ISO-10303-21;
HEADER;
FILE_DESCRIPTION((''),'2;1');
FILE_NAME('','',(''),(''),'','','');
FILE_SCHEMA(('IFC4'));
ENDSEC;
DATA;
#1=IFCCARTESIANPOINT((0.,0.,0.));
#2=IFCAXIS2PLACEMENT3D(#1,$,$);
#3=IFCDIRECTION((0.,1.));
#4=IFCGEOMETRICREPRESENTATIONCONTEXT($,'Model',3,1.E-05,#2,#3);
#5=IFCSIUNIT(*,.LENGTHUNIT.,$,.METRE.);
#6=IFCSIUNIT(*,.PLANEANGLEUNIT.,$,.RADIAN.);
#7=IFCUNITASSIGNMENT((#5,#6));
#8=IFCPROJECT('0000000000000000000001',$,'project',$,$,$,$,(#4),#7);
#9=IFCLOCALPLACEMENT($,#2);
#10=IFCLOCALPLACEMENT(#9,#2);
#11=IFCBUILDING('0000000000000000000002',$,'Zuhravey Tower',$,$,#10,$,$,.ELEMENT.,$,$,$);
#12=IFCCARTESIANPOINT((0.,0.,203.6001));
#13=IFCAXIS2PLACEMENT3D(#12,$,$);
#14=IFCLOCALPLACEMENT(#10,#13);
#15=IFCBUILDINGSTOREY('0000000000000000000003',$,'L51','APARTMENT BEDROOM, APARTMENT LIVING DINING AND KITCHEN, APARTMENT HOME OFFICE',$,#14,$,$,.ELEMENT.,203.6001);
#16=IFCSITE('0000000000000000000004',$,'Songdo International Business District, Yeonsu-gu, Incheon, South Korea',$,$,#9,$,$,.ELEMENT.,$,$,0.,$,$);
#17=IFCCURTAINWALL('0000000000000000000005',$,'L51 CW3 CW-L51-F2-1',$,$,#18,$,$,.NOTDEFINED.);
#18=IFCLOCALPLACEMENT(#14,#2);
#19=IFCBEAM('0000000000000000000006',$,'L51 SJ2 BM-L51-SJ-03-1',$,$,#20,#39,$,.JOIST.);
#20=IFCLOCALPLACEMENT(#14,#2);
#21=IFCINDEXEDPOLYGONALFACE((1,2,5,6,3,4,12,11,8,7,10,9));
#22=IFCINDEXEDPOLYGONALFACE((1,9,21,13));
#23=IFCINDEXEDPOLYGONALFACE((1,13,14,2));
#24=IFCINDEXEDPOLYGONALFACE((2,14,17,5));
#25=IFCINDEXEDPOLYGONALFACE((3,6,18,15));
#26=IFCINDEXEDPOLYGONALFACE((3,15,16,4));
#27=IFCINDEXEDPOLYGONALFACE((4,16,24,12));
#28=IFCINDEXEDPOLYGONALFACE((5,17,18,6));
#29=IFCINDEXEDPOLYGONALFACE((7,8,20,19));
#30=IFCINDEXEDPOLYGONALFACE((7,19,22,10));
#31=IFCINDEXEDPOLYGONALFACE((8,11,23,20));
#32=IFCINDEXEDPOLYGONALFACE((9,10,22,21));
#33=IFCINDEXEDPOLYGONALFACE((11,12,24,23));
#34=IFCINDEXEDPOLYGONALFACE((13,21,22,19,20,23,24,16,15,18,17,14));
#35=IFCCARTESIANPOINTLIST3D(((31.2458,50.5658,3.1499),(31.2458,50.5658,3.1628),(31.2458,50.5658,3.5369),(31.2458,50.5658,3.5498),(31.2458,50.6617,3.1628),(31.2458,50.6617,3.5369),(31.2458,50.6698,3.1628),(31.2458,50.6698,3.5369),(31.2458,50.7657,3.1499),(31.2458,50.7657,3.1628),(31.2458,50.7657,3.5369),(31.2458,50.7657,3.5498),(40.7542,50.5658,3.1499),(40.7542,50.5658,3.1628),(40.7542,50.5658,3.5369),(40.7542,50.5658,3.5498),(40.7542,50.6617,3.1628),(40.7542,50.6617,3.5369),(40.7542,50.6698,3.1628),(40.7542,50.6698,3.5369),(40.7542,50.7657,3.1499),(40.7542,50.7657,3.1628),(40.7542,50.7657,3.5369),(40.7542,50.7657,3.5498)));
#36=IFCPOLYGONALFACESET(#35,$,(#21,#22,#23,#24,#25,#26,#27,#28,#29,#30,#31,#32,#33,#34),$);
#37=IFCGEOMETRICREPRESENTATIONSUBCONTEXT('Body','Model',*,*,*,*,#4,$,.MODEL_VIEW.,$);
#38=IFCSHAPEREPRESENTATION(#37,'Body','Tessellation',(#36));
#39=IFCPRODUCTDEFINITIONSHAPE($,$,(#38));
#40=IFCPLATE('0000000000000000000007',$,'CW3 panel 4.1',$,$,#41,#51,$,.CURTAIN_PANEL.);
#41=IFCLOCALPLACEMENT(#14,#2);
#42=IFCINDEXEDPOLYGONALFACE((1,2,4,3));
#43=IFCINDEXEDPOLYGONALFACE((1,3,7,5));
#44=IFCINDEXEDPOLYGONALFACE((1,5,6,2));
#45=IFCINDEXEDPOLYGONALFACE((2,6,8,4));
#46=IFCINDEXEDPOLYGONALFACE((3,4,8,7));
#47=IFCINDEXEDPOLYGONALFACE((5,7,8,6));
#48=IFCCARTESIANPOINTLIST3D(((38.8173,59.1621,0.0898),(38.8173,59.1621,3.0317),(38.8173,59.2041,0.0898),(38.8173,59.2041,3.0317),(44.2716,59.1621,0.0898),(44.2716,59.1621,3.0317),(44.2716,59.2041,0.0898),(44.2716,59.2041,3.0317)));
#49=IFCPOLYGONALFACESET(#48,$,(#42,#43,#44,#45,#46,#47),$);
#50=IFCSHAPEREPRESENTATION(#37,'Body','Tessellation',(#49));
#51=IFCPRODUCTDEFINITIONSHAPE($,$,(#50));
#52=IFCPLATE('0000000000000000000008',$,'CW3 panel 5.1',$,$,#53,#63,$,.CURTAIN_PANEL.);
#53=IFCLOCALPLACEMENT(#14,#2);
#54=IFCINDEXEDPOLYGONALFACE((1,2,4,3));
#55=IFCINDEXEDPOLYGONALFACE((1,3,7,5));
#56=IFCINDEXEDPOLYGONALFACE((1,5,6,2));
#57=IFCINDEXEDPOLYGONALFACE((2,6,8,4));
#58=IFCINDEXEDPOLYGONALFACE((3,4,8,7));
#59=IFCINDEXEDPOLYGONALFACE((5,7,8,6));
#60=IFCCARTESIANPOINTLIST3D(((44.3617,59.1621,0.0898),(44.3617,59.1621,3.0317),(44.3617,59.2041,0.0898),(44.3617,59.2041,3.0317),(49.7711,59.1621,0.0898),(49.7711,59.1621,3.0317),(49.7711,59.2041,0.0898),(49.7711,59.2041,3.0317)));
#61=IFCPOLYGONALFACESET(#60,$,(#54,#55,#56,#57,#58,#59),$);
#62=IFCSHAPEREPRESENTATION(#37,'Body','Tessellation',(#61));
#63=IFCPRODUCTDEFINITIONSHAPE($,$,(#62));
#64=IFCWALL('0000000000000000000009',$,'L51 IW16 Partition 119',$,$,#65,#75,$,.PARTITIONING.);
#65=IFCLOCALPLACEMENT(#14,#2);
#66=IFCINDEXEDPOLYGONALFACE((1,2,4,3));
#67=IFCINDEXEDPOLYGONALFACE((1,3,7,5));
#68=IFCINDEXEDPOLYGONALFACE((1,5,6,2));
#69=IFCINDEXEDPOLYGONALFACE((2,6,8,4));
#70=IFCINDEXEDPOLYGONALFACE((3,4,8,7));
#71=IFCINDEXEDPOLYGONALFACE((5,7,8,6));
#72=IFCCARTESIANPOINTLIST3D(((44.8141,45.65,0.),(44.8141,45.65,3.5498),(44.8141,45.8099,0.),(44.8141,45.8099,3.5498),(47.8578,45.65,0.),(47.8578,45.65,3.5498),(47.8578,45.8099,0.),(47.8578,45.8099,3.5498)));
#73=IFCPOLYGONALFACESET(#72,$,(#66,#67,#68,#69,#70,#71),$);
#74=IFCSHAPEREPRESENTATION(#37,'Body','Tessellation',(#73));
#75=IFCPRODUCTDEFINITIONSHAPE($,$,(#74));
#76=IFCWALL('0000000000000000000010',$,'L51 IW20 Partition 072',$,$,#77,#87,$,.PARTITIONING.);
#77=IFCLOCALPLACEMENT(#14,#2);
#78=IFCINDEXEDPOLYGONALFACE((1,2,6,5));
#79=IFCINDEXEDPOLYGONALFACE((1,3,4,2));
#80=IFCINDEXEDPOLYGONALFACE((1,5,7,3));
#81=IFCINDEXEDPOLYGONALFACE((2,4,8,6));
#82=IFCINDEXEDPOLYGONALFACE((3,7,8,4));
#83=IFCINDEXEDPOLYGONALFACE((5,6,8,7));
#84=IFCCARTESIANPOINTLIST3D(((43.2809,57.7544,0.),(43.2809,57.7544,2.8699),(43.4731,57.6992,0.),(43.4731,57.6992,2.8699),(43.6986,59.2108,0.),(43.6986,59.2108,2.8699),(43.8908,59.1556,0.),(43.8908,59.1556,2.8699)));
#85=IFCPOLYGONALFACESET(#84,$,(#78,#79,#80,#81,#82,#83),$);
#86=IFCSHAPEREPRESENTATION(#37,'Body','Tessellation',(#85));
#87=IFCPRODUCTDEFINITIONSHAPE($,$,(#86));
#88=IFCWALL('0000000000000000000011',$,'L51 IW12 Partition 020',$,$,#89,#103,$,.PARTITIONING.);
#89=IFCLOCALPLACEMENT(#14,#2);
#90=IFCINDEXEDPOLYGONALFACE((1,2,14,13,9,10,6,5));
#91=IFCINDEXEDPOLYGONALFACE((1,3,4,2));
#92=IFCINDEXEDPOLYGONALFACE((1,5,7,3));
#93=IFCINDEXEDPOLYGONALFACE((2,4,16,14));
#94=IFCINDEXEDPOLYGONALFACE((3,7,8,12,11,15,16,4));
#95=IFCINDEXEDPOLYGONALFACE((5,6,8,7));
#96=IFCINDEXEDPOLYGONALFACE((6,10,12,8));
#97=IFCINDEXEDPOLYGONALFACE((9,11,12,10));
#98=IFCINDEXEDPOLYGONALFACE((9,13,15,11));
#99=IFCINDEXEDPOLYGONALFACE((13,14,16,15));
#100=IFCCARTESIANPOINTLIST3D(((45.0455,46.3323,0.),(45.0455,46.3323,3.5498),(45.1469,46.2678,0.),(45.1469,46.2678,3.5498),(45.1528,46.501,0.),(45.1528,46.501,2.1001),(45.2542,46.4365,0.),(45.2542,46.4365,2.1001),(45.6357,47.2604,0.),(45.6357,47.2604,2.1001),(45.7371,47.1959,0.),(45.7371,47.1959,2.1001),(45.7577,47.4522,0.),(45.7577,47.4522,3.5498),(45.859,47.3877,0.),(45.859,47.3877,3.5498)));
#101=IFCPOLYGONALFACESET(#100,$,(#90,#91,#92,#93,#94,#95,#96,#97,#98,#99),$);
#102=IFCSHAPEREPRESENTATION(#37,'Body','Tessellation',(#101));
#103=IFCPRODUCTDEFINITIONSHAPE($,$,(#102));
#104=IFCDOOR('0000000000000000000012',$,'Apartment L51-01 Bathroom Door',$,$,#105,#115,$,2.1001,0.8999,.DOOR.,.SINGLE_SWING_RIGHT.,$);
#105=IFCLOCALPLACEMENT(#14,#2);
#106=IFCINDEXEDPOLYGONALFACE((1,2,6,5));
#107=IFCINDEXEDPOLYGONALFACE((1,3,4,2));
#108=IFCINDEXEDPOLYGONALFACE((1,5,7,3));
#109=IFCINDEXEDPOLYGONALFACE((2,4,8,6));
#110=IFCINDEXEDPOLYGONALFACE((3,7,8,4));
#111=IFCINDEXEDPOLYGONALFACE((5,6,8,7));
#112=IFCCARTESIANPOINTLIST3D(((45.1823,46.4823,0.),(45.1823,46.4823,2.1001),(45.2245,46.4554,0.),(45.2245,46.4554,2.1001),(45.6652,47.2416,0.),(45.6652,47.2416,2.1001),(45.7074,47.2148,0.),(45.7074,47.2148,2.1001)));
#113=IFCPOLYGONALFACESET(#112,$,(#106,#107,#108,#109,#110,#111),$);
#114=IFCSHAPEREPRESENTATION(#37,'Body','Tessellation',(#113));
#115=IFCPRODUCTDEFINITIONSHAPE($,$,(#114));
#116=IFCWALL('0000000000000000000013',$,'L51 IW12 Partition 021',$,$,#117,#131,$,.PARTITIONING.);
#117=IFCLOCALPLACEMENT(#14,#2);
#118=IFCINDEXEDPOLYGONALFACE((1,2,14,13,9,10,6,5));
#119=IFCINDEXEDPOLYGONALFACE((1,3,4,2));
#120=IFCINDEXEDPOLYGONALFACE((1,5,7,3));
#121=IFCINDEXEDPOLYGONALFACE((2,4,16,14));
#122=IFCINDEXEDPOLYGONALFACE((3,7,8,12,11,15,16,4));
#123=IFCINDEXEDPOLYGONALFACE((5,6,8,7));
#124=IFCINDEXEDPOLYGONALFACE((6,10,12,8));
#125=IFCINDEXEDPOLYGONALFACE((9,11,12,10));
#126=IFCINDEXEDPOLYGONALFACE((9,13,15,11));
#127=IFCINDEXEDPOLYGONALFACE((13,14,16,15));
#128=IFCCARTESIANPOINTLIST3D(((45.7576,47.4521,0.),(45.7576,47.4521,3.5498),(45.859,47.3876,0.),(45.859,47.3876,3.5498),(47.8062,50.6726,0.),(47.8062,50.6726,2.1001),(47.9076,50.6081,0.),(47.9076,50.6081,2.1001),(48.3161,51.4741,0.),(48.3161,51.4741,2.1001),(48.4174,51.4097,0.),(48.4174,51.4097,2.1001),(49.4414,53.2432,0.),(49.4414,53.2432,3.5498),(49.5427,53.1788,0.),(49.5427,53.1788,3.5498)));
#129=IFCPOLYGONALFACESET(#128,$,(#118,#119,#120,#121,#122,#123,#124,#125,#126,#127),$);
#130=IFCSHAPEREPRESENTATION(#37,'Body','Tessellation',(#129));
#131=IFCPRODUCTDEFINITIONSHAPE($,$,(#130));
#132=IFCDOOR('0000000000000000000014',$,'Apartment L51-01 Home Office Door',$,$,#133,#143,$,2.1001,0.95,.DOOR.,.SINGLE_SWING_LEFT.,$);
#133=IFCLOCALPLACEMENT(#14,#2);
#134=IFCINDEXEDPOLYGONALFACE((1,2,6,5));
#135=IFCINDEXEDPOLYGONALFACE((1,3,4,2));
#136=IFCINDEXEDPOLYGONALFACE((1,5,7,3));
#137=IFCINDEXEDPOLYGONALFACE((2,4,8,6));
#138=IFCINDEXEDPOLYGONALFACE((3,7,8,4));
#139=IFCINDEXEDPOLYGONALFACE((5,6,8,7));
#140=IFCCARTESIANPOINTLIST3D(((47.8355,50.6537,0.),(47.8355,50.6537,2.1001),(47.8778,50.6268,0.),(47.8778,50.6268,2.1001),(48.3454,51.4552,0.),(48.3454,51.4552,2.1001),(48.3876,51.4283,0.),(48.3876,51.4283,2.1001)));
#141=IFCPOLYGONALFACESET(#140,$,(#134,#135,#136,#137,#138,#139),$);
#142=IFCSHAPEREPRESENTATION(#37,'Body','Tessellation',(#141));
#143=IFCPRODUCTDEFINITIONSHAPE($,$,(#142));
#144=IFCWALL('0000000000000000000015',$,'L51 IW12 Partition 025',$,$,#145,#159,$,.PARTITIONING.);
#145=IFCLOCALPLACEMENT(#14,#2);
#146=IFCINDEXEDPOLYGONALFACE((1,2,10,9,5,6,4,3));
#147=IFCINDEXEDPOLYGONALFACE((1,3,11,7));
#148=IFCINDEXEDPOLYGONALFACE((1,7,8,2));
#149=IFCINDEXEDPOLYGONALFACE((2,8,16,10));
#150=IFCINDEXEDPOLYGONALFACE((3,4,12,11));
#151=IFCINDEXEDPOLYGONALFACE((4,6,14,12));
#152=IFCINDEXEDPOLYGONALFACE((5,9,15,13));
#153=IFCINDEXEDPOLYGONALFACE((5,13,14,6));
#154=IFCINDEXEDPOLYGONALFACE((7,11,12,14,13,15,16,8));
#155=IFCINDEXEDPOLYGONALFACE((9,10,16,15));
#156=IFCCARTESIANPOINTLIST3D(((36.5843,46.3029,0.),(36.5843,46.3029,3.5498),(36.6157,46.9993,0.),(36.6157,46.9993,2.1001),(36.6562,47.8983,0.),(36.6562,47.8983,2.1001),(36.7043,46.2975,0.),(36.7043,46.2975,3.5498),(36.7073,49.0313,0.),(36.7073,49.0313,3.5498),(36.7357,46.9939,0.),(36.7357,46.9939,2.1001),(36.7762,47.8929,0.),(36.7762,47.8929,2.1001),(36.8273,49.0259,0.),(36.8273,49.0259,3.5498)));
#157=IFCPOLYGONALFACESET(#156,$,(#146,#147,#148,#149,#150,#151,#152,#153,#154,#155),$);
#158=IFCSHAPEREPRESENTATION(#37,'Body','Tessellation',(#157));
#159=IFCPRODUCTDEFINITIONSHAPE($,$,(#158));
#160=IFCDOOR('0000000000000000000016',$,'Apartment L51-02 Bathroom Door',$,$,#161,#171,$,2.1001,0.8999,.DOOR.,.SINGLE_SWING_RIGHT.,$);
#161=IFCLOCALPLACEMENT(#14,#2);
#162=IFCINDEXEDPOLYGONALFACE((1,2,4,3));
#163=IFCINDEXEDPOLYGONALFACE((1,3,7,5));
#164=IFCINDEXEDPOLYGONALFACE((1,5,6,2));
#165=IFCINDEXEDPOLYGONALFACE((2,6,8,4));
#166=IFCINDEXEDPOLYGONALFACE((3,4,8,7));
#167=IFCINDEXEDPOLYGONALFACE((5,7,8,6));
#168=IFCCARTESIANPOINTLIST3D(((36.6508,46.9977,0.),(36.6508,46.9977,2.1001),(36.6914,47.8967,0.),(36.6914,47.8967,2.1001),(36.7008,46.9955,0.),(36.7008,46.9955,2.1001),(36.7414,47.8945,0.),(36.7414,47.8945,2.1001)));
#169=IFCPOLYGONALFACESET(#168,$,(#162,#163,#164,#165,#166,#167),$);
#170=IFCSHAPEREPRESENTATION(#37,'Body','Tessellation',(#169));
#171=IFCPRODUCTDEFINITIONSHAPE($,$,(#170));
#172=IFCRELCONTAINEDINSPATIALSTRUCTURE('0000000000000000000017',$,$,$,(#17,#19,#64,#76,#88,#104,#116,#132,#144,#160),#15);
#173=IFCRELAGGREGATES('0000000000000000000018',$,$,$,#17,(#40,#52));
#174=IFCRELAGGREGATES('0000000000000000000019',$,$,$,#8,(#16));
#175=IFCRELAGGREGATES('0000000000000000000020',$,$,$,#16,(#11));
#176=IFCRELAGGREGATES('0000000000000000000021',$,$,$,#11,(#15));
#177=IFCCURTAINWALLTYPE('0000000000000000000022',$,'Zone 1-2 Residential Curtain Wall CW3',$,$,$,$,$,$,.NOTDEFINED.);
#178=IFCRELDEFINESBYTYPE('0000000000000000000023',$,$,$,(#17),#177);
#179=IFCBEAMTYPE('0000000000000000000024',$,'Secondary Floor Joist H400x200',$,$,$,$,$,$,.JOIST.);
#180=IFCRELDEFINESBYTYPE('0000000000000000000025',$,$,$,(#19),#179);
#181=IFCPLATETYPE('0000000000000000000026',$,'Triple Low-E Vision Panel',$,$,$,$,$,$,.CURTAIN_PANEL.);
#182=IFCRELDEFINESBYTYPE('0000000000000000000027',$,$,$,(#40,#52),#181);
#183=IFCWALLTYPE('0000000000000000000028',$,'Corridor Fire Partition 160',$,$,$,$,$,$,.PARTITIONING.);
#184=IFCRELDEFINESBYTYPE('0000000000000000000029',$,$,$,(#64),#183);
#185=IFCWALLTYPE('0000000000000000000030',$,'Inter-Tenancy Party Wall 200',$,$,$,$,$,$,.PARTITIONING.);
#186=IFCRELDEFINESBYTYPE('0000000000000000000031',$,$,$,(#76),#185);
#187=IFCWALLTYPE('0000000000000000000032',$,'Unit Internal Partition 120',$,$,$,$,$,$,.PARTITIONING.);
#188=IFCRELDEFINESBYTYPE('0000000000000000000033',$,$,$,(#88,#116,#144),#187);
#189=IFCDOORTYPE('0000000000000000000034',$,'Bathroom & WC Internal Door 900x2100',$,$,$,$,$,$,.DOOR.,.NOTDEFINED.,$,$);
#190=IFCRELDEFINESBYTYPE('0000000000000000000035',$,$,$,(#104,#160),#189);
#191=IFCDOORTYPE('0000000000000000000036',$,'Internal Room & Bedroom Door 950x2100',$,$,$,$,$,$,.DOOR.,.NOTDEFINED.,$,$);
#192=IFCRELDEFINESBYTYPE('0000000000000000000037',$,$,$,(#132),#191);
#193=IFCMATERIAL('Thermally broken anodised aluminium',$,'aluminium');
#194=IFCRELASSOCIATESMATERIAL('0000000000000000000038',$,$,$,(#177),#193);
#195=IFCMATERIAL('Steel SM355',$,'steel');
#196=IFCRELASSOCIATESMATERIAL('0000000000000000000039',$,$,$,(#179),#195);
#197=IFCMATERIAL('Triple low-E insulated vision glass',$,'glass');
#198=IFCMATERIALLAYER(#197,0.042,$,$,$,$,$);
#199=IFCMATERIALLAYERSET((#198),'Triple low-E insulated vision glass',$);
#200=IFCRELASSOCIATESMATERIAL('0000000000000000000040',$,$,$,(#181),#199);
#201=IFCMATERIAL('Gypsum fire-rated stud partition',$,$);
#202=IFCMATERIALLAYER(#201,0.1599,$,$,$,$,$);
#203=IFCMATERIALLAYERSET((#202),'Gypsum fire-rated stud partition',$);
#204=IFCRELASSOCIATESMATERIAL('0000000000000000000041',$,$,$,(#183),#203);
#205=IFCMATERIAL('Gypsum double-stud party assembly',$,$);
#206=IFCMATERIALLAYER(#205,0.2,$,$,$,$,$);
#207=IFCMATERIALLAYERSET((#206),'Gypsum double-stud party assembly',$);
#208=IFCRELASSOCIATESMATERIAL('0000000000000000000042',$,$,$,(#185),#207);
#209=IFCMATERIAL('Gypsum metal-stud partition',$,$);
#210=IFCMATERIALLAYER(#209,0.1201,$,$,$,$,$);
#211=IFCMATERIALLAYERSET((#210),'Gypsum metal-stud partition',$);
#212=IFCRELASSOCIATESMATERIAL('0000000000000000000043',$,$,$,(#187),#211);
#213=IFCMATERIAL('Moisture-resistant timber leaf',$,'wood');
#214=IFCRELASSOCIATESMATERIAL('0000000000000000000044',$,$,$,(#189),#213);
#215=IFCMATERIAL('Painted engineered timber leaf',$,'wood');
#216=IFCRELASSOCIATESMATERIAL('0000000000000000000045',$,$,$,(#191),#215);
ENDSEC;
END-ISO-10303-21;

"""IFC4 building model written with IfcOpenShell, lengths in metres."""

from ifc_helpers import new_model, si_unit, direction, frame, frame_2d, origin, origin_2d, place, context, subcontext, project, spatial, rectangle, i_section, extrude, material, layer, layer_set, material_profile, profile_set, type_object, element, fill, aggregate, save


model = new_model("IFC4")

# Units and contexts
model_context = context("Model", 3, precision=1e-05, world=origin(), true_north=direction((0.0, 1.0)))
body_context = subcontext(model_context, "Body", "Model", "MODEL_VIEW")
ifc_project = project(units=[si_unit("LENGTHUNIT", "METRE"), si_unit("PLANEANGLEUNIT", "RADIAN")], contexts=[model_context])

# Site, building, storey
site_placement = place(None, origin())
site = spatial("IfcSite", under=ifc_project, at=site_placement, Name="Songdo International Business District, Yeonsu-gu, Incheon, South Korea", CompositionType="ELEMENT", RefElevation=0.0)
building_placement = place(site_placement, origin())
building = spatial("IfcBuilding", under=site, at=building_placement, Name="Zuhravey Tower", CompositionType="ELEMENT")
storey_placement = place(building_placement, frame((0.0, 0.0, 203.6001)))
storey = spatial("IfcBuildingStorey", under=building, at=storey_placement, Name="L51", Description="APARTMENT BEDROOM, APARTMENT LIVING DINING AND KITCHEN, APARTMENT HOME OFFICE", CompositionType="ELEMENT", Elevation=203.6001)

# Curtain wall
ifc_material_1 = material(Name="Thermally broken anodised aluminium", Category="aluminium")
curtain_wall_type = type_object("IfcCurtainWallType", Name="Zone 1-2 Residential Curtain Wall CW3", PredefinedType="NOTDEFINED", material=ifc_material_1)
curtain_wall_placement = place(storey_placement, origin())
curtain_wall = element("IfcCurtainWall", 1, at=curtain_wall_placement, inside=storey, type_object=curtain_wall_type, Name="L51 CW3 CW-L51-F2-1", PredefinedType="NOTDEFINED")

# Beam
ifc_material_2 = material(Name="Steel SM355", Category="steel")
ifc_material_profile_1 = material_profile(ifc_material_2, i_section(OverallWidth=0.2, OverallDepth=0.3999, WebThickness=0.0081, FlangeThickness=0.0129, at=origin_2d()), Name="H-400x200x8x13")
ifc_profile_set_1 = profile_set([ifc_material_profile_1], Name="Steel SM355")
beam_type_1 = type_object("IfcBeamType", Name="Secondary Floor Joist H400x200", PredefinedType="JOIST", material=ifc_profile_set_1)
beam_1_placement = place(storey_placement, frame((40.7542, 50.6658, 3.3499), z_axis=(-1.0, 0.0, 0.0), x_axis=(0.0, -1.0, 0.0)))
element("IfcBeam", 2, at=beam_1_placement, inside=storey, type_object=beam_type_1, Name="L51 SJ2 BM-L51-SJ-03-1", PredefinedType="JOIST", context=body_context, shape_type="SweptSolid", body=[
    extrude(i_section(OverallWidth=0.2, OverallDepth=0.3999, WebThickness=0.0081, FlangeThickness=0.0129, at=origin_2d()), origin(), (0.0, 0.0, 1.0), 9.5083),
])

# Plates
ifc_material_3 = material(Name="Triple low-E insulated vision glass", Category="glass")
ifc_layer_1 = layer(ifc_material_3, 0.042)
ifc_layer_set_1 = layer_set([ifc_layer_1], Name="Triple low-E insulated vision glass")
plate_type = type_object("IfcPlateType", Name="Triple Low-E Vision Panel", PredefinedType="CURTAIN_PANEL", material=ifc_layer_set_1)
plate_1_placement = place(storey_placement, frame((41.5444, 59.1831, 0.0898), z_axis=(0.0, 0.0, 1.0), x_axis=(1.0, 0.0, 0.0)))
plate_1 = element("IfcPlate", 3, at=plate_1_placement, type_object=plate_type, Name="CW3 panel 4.1", PredefinedType="CURTAIN_PANEL", context=body_context, shape_type="SweptSolid", body=[
    extrude(rectangle(XDim=5.4543, YDim=0.042, at=origin_2d()), origin(), (0.0, 0.0, 1.0), 2.9419),
])
plate_2_placement = place(storey_placement, frame((47.0664, 59.1831, 0.0898), z_axis=(0.0, 0.0, 1.0), x_axis=(1.0, 0.0, 0.0)))
plate_2 = element("IfcPlate", 4, at=plate_2_placement, type_object=plate_type, Name="CW3 panel 5.1", PredefinedType="CURTAIN_PANEL", context=body_context, shape_type="SweptSolid", body=[
    extrude(rectangle(XDim=5.4094, YDim=0.042, at=origin_2d()), origin(), (0.0, 0.0, 1.0), 2.9419),
])
aggregate(curtain_wall, [plate_1, plate_2])

# Shared definitions
ifc_material_4 = material(Name="Gypsum fire-rated stud partition")
ifc_layer_2 = layer(ifc_material_4, 0.1599)
ifc_layer_set_2 = layer_set([ifc_layer_2], Name="Gypsum fire-rated stud partition")
wall_type_1 = type_object("IfcWallType", Name="Corridor Fire Partition 160", PredefinedType="PARTITIONING", material=ifc_layer_set_2)

# Walls
wall_1_placement = place(storey_placement, frame((47.8579, 45.73, 0.0), z_axis=(0.0, 0.0, 1.0), x_axis=(-1.0, 0.0, 0.0)))
element("IfcWall", 5, at=wall_1_placement, inside=storey, type_object=wall_type_1, Name="L51 IW16 Partition 119", PredefinedType="PARTITIONING", context=body_context, shape_type="SweptSolid", body=[
    extrude(rectangle(XDim=3.0437, YDim=0.1599, at=frame_2d((1.522, 0.0))), origin(), (0.0, 0.0, 1.0), 3.5498),
])
ifc_material_5 = material(Name="Gypsum double-stud party assembly")
ifc_layer_3 = layer(ifc_material_5, 0.2)
ifc_layer_set_3 = layer_set([ifc_layer_3], Name="Gypsum double-stud party assembly")
wall_type_2 = type_object("IfcWallType", Name="Inter-Tenancy Party Wall 200", PredefinedType="PARTITIONING", material=ifc_layer_set_3)
wall_2_placement = place(storey_placement, frame((43.377, 57.7268, 0.0), z_axis=(0.0, 0.0, 1.0), x_axis=(0.275721, 0.961238, 0.0)))
element("IfcWall", 6, at=wall_2_placement, inside=storey, type_object=wall_type_2, Name="L51 IW20 Partition 072", PredefinedType="PARTITIONING", context=body_context, shape_type="SweptSolid", body=[
    extrude(rectangle(XDim=1.5151, YDim=0.2, at=frame_2d((0.7576, 0.0))), origin(), (0.0, 0.0, 1.0), 2.8699),
])

# Walls, openings, doors
ifc_material_6 = material(Name="Gypsum metal-stud partition")
ifc_layer_4 = layer(ifc_material_6, 0.1201)
ifc_layer_set_4 = layer_set([ifc_layer_4], Name="Gypsum metal-stud partition")
wall_type_3 = type_object("IfcWallType", Name="Unit Internal Partition 120", PredefinedType="PARTITIONING", material=ifc_layer_set_4)
wall_3_placement = place(storey_placement, frame((45.0962, 46.3, 0.0), z_axis=(0.0, 0.0, 1.0), x_axis=(0.536614, 0.843828, 0.0)))
wall_3 = element("IfcWall", 7, at=wall_3_placement, inside=storey, type_object=wall_type_3, Name="L51 IW12 Partition 020", PredefinedType="PARTITIONING", context=body_context, shape_type="SweptSolid", body=[
    extrude(rectangle(XDim=1.3271, YDim=0.1201, at=frame_2d((0.6636, 0.0))), origin(), (0.0, 0.0, 1.0), 3.5498),
])
opening_1_placement = place(wall_3_placement, frame((0.2, 0.0, 0.0)))
opening_1 = element("IfcOpeningElement", 8, at=opening_1_placement, cuts=wall_3, PredefinedType="OPENING", context=body_context, shape_type="SweptSolid", body=[
    extrude(rectangle(XDim=0.8999, YDim=2.1001, at=frame_2d((0.45, 1.05))), frame((0.0, 0.072, 0.0), z_axis=(0.0, -1.0, 0.0), x_axis=(1.0, 0.0, 0.0)), (0.0, 0.0, 1.0), 0.144),
])
ifc_material_7 = material(Name="Moisture-resistant timber leaf", Category="wood")
door_type_1 = type_object("IfcDoorType", Name="Bathroom & WC Internal Door 900x2100", OperationType="NOTDEFINED", PredefinedType="DOOR", material=ifc_material_7)
door_1_placement = place(opening_1_placement, frame((0.8999, 0.0, 0.0), z_axis=(0.0, 0.0, 1.0), x_axis=(-1.0, 0.0, 0.0)))
door_1 = element("IfcDoor", 9, at=door_1_placement, inside=storey, type_object=door_type_1, Name="Apartment L51-01 Bathroom Door", OperationType="SINGLE_SWING_RIGHT", OverallHeight=2.1001, OverallWidth=0.8999, PredefinedType="DOOR", context=body_context, shape_type="SweptSolid", body=[
    extrude(rectangle(XDim=0.8999, YDim=2.1001, at=frame_2d((0.45, 1.05))), frame((0.0, 0.0249, 0.0), z_axis=(0.0, -1.0, 0.0), x_axis=(1.0, 0.0, 0.0)), (0.0, 0.0, 1.0), 0.05),
])
fill(opening_1, door_1)
wall_4_placement = place(storey_placement, frame((45.8083, 47.4199, 0.0), z_axis=(0.0, 0.0, 1.0), x_axis=(0.536719, 0.843761, 0.0)))
wall_4 = element("IfcWall", 10, at=wall_4_placement, inside=storey, type_object=wall_type_3, Name="L51 IW12 Partition 021", PredefinedType="PARTITIONING", context=body_context, shape_type="SweptSolid", body=[
    extrude(rectangle(XDim=6.8635, YDim=0.1201, at=frame_2d((3.4316, 0.0))), origin(), (0.0, 0.0, 1.0), 3.5498),
])
opening_2_placement = place(wall_4_placement, frame((3.8167, 0.0, 0.0)))
opening_2 = element("IfcOpeningElement", 11, at=opening_2_placement, cuts=wall_4, PredefinedType="OPENING", context=body_context, shape_type="SweptSolid", body=[
    extrude(rectangle(XDim=0.95, YDim=2.1001, at=frame_2d((0.4751, 1.05))), frame((0.0, 0.072, 0.0), z_axis=(0.0, -1.0, 0.0), x_axis=(1.0, 0.0, 0.0)), (0.0, 0.0, 1.0), 0.144),
])
ifc_material_8 = material(Name="Painted engineered timber leaf", Category="wood")
door_type_2 = type_object("IfcDoorType", Name="Internal Room & Bedroom Door 950x2100", OperationType="NOTDEFINED", PredefinedType="DOOR", material=ifc_material_8)
door_2_placement = place(opening_2_placement, frame((0.95, 0.0, 0.0), z_axis=(0.0, 0.0, 1.0), x_axis=(-1.0, 0.0, 0.0)))
door_2 = element("IfcDoor", 12, at=door_2_placement, inside=storey, type_object=door_type_2, Name="Apartment L51-01 Home Office Door", OperationType="SINGLE_SWING_LEFT", OverallHeight=2.1001, OverallWidth=0.95, PredefinedType="DOOR", context=body_context, shape_type="SweptSolid", body=[
    extrude(rectangle(XDim=0.95, YDim=2.1001, at=frame_2d((0.4751, 1.05))), frame((0.0, 0.0249, 0.0), z_axis=(0.0, -1.0, 0.0), x_axis=(1.0, 0.0, 0.0)), (0.0, 0.0, 1.0), 0.05),
])
fill(opening_2, door_2)
wall_5_placement = place(storey_placement, frame((36.6443, 46.3, 0.0), z_axis=(0.0, 0.0, 1.0), x_axis=(0.045051, 0.998985, 0.0)))
wall_5 = element("IfcWall", 13, at=wall_5_placement, inside=storey, type_object=wall_type_3, Name="L51 IW12 Partition 025", PredefinedType="PARTITIONING", context=body_context, shape_type="SweptSolid", body=[
    extrude(rectangle(XDim=2.7312, YDim=0.1201, at=frame_2d((1.3657, 0.0))), origin(), (0.0, 0.0, 1.0), 3.5498),
])
opening_3_placement = place(wall_5_placement, frame((0.6973, 0.0, 0.0)))
opening_3 = element("IfcOpeningElement", 14, at=opening_3_placement, cuts=wall_5, PredefinedType="OPENING", context=body_context, shape_type="SweptSolid", body=[
    extrude(rectangle(XDim=0.8999, YDim=2.1001, at=frame_2d((0.45, 1.05))), frame((0.0, 0.072, 0.0), z_axis=(0.0, -1.0, 0.0), x_axis=(1.0, 0.0, 0.0)), (0.0, 0.0, 1.0), 0.144),
])
door_3_placement = place(opening_3_placement, origin())
door_3 = element("IfcDoor", 15, at=door_3_placement, inside=storey, type_object=door_type_1, Name="Apartment L51-02 Bathroom Door", OperationType="SINGLE_SWING_RIGHT", OverallHeight=2.1001, OverallWidth=0.8999, PredefinedType="DOOR", context=body_context, shape_type="SweptSolid", body=[
    extrude(rectangle(XDim=0.8999, YDim=2.1001, at=frame_2d((0.45, 1.05))), frame((0.0, 0.0249, 0.0), z_axis=(0.0, -1.0, 0.0), x_axis=(1.0, 0.0, 0.0)), (0.0, 0.0, 1.0), 0.05),
])
fill(opening_3, door_3)

save(model, "model.ifc")
